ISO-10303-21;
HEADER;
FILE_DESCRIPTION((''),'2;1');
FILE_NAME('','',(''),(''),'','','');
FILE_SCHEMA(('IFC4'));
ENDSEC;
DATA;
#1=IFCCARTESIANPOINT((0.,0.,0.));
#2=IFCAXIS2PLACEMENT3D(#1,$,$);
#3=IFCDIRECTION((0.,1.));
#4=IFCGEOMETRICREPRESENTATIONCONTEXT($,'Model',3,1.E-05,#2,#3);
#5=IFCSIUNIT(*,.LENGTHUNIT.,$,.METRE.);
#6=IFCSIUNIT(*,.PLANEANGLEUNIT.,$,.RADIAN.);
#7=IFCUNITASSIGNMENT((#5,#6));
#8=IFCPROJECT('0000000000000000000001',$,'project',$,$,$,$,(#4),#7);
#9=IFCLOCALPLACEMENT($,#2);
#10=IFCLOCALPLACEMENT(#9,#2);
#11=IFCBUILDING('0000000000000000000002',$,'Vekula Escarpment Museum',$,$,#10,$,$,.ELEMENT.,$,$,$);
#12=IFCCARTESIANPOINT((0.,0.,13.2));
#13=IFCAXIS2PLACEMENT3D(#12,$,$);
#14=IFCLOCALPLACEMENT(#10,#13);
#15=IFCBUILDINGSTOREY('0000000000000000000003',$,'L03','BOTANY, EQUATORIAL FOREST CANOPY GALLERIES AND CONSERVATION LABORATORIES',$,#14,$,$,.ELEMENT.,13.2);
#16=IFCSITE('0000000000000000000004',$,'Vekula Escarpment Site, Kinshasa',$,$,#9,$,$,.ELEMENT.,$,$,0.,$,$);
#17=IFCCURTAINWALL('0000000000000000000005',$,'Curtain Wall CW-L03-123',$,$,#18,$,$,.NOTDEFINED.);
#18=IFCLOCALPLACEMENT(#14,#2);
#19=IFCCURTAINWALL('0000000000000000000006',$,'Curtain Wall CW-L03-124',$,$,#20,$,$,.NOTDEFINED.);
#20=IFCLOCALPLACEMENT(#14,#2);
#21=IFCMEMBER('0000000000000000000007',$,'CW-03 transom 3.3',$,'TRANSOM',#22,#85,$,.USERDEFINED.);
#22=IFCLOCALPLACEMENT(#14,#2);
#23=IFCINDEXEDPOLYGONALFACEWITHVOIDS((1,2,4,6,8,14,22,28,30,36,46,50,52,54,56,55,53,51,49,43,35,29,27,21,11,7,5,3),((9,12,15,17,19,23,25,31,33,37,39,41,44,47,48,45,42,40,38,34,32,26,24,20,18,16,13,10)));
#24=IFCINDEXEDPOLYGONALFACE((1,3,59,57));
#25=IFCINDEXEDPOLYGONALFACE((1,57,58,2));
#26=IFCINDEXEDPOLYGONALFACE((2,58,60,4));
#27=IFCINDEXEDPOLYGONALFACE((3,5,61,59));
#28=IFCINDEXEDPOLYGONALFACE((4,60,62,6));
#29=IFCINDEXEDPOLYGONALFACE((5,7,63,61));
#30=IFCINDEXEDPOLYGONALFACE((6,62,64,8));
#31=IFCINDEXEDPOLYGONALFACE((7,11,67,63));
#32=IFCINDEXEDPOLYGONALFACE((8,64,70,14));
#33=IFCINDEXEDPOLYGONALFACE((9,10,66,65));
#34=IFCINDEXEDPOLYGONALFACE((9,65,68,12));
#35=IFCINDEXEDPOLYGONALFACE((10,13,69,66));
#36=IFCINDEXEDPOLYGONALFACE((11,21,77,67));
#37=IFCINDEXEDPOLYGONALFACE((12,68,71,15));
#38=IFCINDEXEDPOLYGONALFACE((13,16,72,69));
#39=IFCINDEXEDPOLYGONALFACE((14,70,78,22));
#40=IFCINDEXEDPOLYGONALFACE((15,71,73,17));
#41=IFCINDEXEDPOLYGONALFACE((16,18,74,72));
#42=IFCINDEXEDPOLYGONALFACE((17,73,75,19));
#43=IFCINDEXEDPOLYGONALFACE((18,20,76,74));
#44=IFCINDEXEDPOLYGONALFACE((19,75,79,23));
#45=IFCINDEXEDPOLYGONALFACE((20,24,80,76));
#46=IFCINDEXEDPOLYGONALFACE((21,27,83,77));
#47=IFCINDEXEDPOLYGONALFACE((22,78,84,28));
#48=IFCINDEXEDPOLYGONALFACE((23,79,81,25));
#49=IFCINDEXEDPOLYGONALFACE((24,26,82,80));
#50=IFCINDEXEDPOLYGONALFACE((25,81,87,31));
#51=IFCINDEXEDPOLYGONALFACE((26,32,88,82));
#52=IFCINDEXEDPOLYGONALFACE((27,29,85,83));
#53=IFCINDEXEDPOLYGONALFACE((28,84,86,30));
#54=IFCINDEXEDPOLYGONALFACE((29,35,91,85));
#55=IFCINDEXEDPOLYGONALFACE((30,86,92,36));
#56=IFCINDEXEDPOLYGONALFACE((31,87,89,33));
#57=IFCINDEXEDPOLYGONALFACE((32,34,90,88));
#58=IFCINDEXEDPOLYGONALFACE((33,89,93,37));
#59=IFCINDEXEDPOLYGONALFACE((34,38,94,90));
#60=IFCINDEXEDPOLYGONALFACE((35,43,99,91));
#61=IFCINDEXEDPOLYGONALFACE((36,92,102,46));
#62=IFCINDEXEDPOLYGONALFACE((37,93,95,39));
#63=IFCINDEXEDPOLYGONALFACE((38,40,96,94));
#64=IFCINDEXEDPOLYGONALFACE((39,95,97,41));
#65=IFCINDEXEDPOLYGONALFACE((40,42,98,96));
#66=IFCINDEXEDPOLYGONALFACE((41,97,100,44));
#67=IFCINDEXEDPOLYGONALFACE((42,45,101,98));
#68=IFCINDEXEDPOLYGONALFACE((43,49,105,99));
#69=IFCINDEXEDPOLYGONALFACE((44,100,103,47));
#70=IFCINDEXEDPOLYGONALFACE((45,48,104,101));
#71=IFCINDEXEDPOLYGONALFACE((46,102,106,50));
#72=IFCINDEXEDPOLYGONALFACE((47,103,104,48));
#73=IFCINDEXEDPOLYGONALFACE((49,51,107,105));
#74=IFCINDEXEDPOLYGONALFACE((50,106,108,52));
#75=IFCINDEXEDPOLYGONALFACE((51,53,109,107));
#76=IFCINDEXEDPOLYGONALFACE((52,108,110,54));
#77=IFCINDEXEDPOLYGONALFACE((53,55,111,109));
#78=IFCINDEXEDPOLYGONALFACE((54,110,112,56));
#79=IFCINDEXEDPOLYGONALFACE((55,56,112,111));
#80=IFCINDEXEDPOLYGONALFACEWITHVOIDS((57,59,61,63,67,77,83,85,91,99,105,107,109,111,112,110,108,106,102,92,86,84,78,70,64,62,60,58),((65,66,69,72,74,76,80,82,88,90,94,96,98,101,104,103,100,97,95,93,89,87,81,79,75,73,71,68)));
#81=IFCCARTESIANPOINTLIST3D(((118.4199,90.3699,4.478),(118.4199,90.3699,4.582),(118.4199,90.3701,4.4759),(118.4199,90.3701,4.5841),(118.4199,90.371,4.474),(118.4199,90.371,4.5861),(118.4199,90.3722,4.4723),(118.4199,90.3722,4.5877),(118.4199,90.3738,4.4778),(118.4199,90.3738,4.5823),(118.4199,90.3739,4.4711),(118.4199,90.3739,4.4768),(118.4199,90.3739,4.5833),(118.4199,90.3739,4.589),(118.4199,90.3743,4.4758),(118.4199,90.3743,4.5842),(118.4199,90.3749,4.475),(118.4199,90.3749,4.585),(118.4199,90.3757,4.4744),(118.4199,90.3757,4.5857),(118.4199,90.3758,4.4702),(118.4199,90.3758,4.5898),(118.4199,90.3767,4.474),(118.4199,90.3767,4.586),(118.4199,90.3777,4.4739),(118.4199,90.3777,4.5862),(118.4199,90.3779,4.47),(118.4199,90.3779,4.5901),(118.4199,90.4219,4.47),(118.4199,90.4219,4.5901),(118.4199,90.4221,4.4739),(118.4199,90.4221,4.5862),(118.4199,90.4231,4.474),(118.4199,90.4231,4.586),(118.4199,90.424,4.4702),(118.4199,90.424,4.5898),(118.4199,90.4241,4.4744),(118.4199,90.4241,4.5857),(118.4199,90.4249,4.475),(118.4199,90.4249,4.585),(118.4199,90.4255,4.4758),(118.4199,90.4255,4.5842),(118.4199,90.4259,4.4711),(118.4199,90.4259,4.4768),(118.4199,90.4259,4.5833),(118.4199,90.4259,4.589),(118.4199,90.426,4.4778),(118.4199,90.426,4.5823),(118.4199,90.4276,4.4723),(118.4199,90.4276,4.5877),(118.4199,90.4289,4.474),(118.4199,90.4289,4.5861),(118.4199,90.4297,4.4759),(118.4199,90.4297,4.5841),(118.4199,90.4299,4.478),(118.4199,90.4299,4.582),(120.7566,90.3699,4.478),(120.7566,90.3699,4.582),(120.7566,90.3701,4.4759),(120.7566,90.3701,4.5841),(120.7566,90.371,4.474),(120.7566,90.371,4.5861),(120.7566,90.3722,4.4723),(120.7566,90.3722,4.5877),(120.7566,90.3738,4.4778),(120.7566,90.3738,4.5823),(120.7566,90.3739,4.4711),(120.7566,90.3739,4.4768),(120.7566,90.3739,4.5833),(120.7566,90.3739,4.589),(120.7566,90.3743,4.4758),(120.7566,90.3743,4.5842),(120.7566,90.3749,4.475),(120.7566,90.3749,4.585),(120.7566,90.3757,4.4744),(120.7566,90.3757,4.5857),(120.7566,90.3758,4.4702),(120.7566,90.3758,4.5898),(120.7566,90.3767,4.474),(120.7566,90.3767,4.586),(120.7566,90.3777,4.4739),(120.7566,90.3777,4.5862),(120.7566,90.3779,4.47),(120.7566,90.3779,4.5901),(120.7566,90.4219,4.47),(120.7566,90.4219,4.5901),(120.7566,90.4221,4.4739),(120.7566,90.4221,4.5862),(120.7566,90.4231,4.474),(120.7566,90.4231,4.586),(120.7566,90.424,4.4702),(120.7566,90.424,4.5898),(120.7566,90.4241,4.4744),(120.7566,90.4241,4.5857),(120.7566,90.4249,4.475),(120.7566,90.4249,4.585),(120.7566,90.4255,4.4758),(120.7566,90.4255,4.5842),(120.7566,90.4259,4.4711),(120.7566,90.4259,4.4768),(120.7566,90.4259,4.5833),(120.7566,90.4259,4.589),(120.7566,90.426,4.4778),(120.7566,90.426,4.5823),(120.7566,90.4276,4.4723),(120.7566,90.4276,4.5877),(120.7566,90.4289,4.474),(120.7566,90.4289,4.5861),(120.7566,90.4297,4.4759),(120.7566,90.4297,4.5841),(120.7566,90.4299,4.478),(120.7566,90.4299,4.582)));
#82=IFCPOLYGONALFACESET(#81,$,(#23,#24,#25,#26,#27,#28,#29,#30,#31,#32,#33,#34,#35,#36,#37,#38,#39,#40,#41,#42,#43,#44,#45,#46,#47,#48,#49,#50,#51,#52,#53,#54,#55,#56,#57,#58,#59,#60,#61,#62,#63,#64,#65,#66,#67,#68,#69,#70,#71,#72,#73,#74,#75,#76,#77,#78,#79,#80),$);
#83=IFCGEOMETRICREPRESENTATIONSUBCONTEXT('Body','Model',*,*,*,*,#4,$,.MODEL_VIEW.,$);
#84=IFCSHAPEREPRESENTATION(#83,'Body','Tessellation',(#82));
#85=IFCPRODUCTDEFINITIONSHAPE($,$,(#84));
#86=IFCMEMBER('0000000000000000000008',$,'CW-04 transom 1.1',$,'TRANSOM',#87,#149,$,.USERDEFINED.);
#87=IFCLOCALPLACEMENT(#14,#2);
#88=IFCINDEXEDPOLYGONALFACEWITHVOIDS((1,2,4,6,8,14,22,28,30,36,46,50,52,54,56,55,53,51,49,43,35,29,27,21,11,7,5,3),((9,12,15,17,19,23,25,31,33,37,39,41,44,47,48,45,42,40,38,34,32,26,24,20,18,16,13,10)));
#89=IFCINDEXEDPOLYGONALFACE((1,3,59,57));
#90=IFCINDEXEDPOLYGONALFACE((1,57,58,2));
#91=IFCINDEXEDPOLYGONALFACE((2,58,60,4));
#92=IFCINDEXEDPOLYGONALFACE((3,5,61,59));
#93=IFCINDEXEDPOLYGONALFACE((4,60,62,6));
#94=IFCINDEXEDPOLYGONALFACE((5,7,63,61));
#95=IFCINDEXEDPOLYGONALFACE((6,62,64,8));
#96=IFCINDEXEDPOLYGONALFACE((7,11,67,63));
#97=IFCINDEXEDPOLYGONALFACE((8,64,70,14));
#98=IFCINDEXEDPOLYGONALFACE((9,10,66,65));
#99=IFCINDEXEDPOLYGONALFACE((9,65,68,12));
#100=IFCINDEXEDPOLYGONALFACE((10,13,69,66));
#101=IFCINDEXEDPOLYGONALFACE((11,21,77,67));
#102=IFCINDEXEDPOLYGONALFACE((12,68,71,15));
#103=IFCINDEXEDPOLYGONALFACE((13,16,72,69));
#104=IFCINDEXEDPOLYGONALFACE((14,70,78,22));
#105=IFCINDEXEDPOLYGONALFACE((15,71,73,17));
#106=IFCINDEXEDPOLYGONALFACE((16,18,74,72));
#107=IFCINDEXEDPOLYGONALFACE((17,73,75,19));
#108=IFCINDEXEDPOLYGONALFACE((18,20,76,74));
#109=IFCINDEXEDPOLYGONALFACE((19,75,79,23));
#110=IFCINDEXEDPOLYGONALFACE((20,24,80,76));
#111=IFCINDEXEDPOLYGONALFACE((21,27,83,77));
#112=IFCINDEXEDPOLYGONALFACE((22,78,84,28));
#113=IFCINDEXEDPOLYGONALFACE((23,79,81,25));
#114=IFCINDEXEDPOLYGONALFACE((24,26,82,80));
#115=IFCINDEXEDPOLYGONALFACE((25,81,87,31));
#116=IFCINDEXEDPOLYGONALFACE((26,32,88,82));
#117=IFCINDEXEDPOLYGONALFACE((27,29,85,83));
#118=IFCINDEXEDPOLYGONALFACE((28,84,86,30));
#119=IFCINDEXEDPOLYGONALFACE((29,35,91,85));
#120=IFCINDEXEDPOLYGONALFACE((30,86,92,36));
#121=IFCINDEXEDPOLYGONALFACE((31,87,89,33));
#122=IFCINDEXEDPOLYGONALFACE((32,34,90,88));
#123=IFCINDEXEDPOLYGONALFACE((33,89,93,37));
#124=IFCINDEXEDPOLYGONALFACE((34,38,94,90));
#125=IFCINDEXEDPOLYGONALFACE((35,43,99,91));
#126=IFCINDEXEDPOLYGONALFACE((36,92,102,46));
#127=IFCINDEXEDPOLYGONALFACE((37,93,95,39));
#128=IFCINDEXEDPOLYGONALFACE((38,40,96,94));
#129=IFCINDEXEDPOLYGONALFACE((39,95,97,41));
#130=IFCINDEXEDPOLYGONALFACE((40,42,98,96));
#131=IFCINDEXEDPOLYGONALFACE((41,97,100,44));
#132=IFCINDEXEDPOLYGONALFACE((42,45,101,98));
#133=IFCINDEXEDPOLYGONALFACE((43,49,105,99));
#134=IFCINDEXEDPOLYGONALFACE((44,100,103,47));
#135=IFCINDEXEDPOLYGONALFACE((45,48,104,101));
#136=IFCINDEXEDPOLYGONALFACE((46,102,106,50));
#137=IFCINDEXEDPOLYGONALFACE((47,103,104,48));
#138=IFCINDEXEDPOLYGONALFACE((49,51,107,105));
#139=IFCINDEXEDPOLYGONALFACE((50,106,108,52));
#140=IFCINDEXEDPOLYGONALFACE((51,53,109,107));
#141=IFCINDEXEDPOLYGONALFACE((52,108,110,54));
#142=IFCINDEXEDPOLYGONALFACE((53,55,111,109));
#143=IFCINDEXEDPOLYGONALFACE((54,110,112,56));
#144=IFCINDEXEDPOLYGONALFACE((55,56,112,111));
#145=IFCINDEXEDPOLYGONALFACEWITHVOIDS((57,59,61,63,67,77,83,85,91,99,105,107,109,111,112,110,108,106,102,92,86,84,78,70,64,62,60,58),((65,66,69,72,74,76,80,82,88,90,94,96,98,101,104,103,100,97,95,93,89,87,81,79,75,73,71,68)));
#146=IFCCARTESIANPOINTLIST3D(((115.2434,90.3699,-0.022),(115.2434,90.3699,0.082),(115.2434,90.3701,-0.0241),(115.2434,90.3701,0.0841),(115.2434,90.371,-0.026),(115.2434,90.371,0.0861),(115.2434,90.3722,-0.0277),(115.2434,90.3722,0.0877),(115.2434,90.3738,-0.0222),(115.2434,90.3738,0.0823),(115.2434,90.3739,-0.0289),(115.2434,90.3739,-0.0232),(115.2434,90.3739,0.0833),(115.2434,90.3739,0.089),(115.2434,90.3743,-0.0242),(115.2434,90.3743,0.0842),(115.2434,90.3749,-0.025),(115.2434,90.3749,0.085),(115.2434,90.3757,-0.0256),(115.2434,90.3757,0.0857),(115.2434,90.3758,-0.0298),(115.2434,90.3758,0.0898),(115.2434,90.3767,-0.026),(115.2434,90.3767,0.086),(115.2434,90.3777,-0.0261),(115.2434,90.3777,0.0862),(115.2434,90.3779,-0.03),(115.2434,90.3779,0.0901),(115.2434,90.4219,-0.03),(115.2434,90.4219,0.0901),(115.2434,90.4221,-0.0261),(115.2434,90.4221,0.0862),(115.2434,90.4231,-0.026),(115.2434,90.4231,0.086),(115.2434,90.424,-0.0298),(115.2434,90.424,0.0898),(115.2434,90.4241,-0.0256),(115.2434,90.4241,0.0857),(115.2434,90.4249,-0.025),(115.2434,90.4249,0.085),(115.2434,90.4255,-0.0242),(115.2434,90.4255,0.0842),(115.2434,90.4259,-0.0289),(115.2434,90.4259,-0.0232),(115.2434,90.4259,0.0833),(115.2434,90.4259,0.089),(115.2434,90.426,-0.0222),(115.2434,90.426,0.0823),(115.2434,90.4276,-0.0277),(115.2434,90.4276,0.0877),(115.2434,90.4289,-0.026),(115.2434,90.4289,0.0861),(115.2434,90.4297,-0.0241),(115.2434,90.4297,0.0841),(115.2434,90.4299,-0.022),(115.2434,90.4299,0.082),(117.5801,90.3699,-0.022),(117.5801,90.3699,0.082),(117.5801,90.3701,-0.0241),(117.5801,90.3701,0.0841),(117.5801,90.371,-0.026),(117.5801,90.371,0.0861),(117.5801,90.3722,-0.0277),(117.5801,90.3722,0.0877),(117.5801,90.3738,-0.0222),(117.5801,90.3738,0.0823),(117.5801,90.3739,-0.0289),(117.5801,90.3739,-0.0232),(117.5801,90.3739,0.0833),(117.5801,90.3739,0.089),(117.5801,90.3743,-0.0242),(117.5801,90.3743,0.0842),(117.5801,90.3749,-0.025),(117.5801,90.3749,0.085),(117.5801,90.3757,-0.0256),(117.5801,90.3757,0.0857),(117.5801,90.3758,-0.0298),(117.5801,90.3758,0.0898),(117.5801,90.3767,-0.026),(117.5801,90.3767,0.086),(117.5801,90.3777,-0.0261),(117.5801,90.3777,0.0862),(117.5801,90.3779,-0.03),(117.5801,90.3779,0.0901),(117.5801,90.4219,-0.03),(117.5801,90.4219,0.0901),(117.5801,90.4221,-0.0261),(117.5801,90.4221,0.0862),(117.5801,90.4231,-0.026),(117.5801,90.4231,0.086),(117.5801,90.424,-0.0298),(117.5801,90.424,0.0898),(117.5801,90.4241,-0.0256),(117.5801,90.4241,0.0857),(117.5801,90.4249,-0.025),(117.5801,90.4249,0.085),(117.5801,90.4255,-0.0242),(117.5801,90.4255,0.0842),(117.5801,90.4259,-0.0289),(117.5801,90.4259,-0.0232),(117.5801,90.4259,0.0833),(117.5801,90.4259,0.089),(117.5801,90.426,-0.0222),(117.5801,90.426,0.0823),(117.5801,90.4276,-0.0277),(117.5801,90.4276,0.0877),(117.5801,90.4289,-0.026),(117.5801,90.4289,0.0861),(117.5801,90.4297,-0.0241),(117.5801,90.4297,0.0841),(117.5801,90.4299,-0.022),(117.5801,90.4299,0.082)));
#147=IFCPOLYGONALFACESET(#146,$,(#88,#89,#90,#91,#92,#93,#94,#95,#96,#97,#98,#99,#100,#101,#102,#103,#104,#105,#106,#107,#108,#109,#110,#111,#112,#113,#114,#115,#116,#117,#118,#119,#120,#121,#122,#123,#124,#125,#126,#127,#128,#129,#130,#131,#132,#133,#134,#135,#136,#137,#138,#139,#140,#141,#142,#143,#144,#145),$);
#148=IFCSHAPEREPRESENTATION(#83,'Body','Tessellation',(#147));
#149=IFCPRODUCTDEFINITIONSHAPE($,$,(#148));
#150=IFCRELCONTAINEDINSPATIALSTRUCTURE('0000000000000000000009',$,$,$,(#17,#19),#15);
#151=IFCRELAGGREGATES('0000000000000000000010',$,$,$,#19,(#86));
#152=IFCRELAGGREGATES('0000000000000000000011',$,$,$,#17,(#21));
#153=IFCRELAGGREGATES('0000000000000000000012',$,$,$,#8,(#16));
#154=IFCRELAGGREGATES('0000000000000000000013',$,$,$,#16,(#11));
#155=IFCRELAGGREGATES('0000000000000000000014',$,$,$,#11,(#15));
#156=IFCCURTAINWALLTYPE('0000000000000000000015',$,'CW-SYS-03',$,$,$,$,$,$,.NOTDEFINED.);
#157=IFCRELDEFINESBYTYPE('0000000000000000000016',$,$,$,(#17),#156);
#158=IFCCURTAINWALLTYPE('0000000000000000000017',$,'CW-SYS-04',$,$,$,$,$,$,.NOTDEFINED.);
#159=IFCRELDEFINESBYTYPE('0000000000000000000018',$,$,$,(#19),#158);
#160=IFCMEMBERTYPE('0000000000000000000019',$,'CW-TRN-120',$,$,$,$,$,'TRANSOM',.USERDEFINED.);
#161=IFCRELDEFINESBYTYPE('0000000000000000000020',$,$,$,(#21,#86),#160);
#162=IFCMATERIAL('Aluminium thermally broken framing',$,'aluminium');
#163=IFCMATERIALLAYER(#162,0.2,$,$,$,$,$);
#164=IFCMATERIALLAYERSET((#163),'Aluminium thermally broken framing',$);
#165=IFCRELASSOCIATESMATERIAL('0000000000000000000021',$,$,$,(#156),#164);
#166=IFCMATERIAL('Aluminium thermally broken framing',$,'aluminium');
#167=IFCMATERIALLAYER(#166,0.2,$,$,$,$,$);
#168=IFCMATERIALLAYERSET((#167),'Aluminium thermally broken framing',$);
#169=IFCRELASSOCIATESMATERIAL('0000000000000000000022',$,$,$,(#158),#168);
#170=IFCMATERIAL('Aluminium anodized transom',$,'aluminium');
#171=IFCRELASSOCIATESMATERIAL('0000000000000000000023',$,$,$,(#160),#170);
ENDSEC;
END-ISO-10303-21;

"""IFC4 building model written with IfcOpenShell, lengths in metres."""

from ifc_helpers import new_model, si_unit, direction, frame, origin, origin_2d, place, context, subcontext, project, spatial, hollow_rectangle, extrude, material, layer, layer_set, material_profile, profile_set, type_object, element, aggregate, save


model = new_model("IFC4")

# Units and contexts
model_context = context("Model", 3, precision=1e-05, world=origin(), true_north=direction((0.0, 1.0)))
body_context = subcontext(model_context, "Body", "Model", "MODEL_VIEW")
ifc_project = project(units=[si_unit("LENGTHUNIT", "METRE"), si_unit("PLANEANGLEUNIT", "RADIAN")], contexts=[model_context])

# Site, building, storey
site_placement = place(None, origin())
site = spatial("IfcSite", under=ifc_project, at=site_placement, Name="Vekula Escarpment Site, Kinshasa", CompositionType="ELEMENT", RefElevation=0.0)
building_placement = place(site_placement, origin())
building = spatial("IfcBuilding", under=site, at=building_placement, Name="Vekula Escarpment Museum", CompositionType="ELEMENT")
storey_placement = place(building_placement, frame((0.0, 0.0, 13.2)))
storey = spatial("IfcBuildingStorey", under=building, at=storey_placement, Name="L03", Description="BOTANY, EQUATORIAL FOREST CANOPY GALLERIES AND CONSERVATION LABORATORIES", CompositionType="ELEMENT", Elevation=13.2)

# Curtain walls
ifc_material_1 = material(Name="Aluminium thermally broken framing", Category="aluminium")
ifc_layer_1 = layer(ifc_material_1, 0.2)
ifc_layer_set_1 = layer_set([ifc_layer_1], Name="Aluminium thermally broken framing")
curtain_wall_type_1 = type_object("IfcCurtainWallType", Name="CW-SYS-03", PredefinedType="NOTDEFINED", material=ifc_layer_set_1)
curtain_wall_1_placement = place(storey_placement, origin())
curtain_wall_1 = element("IfcCurtainWall", 1, at=curtain_wall_1_placement, inside=storey, type_object=curtain_wall_type_1, Name="Curtain Wall CW-L03-123", PredefinedType="NOTDEFINED")
ifc_material_2 = material(Name="Aluminium thermally broken framing", Category="aluminium")
ifc_layer_2 = layer(ifc_material_2, 0.2)
ifc_layer_set_2 = layer_set([ifc_layer_2], Name="Aluminium thermally broken framing")
curtain_wall_type_2 = type_object("IfcCurtainWallType", Name="CW-SYS-04", PredefinedType="NOTDEFINED", material=ifc_layer_set_2)
curtain_wall_2_placement = place(storey_placement, origin())
curtain_wall_2 = element("IfcCurtainWall", 2, at=curtain_wall_2_placement, inside=storey, type_object=curtain_wall_type_2, Name="Curtain Wall CW-L03-124", PredefinedType="NOTDEFINED")

# Members
ifc_material_3 = material(Name="Aluminium anodized transom", Category="aluminium")
ifc_material_profile_1 = material_profile(ifc_material_3, hollow_rectangle(XDim=0.0601, YDim=0.1201, WallThickness=0.0039, InnerFilletRadius=0.0039, OuterFilletRadius=0.0081, at=origin_2d()), Name="ALU 120x60x4")
ifc_profile_set_1 = profile_set([ifc_material_profile_1], Name="Aluminium anodized transom")
member_type_1 = type_object("IfcMemberType", Name="CW-TRN-120", ElementType="TRANSOM", PredefinedType="USERDEFINED", material=ifc_profile_set_1)
member_1_placement = place(storey_placement, frame((120.7566, 90.3999, 4.53), z_axis=(-1.0, 0.0, 0.0), x_axis=(0.0, -1.0, 0.0)))
member_1 = element("IfcMember", 3, at=member_1_placement, type_object=member_type_1, Name="CW-03 transom 3.3", ObjectType="TRANSOM", PredefinedType="USERDEFINED", context=body_context, shape_type="SweptSolid", body=[
    extrude(hollow_rectangle(XDim=0.0601, YDim=0.1201, WallThickness=0.0039, InnerFilletRadius=0.0039, OuterFilletRadius=0.0081, at=origin_2d()), origin(), (0.0, 0.0, 1.0), 2.3367),
])
member_2_placement = place(storey_placement, frame((117.5801, 90.3999, 0.03), z_axis=(-1.0, 0.0, 0.0), x_axis=(0.0, -1.0, 0.0)))
member_2 = element("IfcMember", 4, at=member_2_placement, type_object=member_type_1, Name="CW-04 transom 1.1", ObjectType="TRANSOM", PredefinedType="USERDEFINED", context=body_context, shape_type="SweptSolid", body=[
    extrude(hollow_rectangle(XDim=0.0601, YDim=0.1201, WallThickness=0.0039, InnerFilletRadius=0.0039, OuterFilletRadius=0.0081, at=origin_2d()), origin(), (0.0, 0.0, 1.0), 2.3367),
])

aggregate(curtain_wall_2, [member_2])
aggregate(curtain_wall_1, [member_1])

save(model, "model.ifc")
